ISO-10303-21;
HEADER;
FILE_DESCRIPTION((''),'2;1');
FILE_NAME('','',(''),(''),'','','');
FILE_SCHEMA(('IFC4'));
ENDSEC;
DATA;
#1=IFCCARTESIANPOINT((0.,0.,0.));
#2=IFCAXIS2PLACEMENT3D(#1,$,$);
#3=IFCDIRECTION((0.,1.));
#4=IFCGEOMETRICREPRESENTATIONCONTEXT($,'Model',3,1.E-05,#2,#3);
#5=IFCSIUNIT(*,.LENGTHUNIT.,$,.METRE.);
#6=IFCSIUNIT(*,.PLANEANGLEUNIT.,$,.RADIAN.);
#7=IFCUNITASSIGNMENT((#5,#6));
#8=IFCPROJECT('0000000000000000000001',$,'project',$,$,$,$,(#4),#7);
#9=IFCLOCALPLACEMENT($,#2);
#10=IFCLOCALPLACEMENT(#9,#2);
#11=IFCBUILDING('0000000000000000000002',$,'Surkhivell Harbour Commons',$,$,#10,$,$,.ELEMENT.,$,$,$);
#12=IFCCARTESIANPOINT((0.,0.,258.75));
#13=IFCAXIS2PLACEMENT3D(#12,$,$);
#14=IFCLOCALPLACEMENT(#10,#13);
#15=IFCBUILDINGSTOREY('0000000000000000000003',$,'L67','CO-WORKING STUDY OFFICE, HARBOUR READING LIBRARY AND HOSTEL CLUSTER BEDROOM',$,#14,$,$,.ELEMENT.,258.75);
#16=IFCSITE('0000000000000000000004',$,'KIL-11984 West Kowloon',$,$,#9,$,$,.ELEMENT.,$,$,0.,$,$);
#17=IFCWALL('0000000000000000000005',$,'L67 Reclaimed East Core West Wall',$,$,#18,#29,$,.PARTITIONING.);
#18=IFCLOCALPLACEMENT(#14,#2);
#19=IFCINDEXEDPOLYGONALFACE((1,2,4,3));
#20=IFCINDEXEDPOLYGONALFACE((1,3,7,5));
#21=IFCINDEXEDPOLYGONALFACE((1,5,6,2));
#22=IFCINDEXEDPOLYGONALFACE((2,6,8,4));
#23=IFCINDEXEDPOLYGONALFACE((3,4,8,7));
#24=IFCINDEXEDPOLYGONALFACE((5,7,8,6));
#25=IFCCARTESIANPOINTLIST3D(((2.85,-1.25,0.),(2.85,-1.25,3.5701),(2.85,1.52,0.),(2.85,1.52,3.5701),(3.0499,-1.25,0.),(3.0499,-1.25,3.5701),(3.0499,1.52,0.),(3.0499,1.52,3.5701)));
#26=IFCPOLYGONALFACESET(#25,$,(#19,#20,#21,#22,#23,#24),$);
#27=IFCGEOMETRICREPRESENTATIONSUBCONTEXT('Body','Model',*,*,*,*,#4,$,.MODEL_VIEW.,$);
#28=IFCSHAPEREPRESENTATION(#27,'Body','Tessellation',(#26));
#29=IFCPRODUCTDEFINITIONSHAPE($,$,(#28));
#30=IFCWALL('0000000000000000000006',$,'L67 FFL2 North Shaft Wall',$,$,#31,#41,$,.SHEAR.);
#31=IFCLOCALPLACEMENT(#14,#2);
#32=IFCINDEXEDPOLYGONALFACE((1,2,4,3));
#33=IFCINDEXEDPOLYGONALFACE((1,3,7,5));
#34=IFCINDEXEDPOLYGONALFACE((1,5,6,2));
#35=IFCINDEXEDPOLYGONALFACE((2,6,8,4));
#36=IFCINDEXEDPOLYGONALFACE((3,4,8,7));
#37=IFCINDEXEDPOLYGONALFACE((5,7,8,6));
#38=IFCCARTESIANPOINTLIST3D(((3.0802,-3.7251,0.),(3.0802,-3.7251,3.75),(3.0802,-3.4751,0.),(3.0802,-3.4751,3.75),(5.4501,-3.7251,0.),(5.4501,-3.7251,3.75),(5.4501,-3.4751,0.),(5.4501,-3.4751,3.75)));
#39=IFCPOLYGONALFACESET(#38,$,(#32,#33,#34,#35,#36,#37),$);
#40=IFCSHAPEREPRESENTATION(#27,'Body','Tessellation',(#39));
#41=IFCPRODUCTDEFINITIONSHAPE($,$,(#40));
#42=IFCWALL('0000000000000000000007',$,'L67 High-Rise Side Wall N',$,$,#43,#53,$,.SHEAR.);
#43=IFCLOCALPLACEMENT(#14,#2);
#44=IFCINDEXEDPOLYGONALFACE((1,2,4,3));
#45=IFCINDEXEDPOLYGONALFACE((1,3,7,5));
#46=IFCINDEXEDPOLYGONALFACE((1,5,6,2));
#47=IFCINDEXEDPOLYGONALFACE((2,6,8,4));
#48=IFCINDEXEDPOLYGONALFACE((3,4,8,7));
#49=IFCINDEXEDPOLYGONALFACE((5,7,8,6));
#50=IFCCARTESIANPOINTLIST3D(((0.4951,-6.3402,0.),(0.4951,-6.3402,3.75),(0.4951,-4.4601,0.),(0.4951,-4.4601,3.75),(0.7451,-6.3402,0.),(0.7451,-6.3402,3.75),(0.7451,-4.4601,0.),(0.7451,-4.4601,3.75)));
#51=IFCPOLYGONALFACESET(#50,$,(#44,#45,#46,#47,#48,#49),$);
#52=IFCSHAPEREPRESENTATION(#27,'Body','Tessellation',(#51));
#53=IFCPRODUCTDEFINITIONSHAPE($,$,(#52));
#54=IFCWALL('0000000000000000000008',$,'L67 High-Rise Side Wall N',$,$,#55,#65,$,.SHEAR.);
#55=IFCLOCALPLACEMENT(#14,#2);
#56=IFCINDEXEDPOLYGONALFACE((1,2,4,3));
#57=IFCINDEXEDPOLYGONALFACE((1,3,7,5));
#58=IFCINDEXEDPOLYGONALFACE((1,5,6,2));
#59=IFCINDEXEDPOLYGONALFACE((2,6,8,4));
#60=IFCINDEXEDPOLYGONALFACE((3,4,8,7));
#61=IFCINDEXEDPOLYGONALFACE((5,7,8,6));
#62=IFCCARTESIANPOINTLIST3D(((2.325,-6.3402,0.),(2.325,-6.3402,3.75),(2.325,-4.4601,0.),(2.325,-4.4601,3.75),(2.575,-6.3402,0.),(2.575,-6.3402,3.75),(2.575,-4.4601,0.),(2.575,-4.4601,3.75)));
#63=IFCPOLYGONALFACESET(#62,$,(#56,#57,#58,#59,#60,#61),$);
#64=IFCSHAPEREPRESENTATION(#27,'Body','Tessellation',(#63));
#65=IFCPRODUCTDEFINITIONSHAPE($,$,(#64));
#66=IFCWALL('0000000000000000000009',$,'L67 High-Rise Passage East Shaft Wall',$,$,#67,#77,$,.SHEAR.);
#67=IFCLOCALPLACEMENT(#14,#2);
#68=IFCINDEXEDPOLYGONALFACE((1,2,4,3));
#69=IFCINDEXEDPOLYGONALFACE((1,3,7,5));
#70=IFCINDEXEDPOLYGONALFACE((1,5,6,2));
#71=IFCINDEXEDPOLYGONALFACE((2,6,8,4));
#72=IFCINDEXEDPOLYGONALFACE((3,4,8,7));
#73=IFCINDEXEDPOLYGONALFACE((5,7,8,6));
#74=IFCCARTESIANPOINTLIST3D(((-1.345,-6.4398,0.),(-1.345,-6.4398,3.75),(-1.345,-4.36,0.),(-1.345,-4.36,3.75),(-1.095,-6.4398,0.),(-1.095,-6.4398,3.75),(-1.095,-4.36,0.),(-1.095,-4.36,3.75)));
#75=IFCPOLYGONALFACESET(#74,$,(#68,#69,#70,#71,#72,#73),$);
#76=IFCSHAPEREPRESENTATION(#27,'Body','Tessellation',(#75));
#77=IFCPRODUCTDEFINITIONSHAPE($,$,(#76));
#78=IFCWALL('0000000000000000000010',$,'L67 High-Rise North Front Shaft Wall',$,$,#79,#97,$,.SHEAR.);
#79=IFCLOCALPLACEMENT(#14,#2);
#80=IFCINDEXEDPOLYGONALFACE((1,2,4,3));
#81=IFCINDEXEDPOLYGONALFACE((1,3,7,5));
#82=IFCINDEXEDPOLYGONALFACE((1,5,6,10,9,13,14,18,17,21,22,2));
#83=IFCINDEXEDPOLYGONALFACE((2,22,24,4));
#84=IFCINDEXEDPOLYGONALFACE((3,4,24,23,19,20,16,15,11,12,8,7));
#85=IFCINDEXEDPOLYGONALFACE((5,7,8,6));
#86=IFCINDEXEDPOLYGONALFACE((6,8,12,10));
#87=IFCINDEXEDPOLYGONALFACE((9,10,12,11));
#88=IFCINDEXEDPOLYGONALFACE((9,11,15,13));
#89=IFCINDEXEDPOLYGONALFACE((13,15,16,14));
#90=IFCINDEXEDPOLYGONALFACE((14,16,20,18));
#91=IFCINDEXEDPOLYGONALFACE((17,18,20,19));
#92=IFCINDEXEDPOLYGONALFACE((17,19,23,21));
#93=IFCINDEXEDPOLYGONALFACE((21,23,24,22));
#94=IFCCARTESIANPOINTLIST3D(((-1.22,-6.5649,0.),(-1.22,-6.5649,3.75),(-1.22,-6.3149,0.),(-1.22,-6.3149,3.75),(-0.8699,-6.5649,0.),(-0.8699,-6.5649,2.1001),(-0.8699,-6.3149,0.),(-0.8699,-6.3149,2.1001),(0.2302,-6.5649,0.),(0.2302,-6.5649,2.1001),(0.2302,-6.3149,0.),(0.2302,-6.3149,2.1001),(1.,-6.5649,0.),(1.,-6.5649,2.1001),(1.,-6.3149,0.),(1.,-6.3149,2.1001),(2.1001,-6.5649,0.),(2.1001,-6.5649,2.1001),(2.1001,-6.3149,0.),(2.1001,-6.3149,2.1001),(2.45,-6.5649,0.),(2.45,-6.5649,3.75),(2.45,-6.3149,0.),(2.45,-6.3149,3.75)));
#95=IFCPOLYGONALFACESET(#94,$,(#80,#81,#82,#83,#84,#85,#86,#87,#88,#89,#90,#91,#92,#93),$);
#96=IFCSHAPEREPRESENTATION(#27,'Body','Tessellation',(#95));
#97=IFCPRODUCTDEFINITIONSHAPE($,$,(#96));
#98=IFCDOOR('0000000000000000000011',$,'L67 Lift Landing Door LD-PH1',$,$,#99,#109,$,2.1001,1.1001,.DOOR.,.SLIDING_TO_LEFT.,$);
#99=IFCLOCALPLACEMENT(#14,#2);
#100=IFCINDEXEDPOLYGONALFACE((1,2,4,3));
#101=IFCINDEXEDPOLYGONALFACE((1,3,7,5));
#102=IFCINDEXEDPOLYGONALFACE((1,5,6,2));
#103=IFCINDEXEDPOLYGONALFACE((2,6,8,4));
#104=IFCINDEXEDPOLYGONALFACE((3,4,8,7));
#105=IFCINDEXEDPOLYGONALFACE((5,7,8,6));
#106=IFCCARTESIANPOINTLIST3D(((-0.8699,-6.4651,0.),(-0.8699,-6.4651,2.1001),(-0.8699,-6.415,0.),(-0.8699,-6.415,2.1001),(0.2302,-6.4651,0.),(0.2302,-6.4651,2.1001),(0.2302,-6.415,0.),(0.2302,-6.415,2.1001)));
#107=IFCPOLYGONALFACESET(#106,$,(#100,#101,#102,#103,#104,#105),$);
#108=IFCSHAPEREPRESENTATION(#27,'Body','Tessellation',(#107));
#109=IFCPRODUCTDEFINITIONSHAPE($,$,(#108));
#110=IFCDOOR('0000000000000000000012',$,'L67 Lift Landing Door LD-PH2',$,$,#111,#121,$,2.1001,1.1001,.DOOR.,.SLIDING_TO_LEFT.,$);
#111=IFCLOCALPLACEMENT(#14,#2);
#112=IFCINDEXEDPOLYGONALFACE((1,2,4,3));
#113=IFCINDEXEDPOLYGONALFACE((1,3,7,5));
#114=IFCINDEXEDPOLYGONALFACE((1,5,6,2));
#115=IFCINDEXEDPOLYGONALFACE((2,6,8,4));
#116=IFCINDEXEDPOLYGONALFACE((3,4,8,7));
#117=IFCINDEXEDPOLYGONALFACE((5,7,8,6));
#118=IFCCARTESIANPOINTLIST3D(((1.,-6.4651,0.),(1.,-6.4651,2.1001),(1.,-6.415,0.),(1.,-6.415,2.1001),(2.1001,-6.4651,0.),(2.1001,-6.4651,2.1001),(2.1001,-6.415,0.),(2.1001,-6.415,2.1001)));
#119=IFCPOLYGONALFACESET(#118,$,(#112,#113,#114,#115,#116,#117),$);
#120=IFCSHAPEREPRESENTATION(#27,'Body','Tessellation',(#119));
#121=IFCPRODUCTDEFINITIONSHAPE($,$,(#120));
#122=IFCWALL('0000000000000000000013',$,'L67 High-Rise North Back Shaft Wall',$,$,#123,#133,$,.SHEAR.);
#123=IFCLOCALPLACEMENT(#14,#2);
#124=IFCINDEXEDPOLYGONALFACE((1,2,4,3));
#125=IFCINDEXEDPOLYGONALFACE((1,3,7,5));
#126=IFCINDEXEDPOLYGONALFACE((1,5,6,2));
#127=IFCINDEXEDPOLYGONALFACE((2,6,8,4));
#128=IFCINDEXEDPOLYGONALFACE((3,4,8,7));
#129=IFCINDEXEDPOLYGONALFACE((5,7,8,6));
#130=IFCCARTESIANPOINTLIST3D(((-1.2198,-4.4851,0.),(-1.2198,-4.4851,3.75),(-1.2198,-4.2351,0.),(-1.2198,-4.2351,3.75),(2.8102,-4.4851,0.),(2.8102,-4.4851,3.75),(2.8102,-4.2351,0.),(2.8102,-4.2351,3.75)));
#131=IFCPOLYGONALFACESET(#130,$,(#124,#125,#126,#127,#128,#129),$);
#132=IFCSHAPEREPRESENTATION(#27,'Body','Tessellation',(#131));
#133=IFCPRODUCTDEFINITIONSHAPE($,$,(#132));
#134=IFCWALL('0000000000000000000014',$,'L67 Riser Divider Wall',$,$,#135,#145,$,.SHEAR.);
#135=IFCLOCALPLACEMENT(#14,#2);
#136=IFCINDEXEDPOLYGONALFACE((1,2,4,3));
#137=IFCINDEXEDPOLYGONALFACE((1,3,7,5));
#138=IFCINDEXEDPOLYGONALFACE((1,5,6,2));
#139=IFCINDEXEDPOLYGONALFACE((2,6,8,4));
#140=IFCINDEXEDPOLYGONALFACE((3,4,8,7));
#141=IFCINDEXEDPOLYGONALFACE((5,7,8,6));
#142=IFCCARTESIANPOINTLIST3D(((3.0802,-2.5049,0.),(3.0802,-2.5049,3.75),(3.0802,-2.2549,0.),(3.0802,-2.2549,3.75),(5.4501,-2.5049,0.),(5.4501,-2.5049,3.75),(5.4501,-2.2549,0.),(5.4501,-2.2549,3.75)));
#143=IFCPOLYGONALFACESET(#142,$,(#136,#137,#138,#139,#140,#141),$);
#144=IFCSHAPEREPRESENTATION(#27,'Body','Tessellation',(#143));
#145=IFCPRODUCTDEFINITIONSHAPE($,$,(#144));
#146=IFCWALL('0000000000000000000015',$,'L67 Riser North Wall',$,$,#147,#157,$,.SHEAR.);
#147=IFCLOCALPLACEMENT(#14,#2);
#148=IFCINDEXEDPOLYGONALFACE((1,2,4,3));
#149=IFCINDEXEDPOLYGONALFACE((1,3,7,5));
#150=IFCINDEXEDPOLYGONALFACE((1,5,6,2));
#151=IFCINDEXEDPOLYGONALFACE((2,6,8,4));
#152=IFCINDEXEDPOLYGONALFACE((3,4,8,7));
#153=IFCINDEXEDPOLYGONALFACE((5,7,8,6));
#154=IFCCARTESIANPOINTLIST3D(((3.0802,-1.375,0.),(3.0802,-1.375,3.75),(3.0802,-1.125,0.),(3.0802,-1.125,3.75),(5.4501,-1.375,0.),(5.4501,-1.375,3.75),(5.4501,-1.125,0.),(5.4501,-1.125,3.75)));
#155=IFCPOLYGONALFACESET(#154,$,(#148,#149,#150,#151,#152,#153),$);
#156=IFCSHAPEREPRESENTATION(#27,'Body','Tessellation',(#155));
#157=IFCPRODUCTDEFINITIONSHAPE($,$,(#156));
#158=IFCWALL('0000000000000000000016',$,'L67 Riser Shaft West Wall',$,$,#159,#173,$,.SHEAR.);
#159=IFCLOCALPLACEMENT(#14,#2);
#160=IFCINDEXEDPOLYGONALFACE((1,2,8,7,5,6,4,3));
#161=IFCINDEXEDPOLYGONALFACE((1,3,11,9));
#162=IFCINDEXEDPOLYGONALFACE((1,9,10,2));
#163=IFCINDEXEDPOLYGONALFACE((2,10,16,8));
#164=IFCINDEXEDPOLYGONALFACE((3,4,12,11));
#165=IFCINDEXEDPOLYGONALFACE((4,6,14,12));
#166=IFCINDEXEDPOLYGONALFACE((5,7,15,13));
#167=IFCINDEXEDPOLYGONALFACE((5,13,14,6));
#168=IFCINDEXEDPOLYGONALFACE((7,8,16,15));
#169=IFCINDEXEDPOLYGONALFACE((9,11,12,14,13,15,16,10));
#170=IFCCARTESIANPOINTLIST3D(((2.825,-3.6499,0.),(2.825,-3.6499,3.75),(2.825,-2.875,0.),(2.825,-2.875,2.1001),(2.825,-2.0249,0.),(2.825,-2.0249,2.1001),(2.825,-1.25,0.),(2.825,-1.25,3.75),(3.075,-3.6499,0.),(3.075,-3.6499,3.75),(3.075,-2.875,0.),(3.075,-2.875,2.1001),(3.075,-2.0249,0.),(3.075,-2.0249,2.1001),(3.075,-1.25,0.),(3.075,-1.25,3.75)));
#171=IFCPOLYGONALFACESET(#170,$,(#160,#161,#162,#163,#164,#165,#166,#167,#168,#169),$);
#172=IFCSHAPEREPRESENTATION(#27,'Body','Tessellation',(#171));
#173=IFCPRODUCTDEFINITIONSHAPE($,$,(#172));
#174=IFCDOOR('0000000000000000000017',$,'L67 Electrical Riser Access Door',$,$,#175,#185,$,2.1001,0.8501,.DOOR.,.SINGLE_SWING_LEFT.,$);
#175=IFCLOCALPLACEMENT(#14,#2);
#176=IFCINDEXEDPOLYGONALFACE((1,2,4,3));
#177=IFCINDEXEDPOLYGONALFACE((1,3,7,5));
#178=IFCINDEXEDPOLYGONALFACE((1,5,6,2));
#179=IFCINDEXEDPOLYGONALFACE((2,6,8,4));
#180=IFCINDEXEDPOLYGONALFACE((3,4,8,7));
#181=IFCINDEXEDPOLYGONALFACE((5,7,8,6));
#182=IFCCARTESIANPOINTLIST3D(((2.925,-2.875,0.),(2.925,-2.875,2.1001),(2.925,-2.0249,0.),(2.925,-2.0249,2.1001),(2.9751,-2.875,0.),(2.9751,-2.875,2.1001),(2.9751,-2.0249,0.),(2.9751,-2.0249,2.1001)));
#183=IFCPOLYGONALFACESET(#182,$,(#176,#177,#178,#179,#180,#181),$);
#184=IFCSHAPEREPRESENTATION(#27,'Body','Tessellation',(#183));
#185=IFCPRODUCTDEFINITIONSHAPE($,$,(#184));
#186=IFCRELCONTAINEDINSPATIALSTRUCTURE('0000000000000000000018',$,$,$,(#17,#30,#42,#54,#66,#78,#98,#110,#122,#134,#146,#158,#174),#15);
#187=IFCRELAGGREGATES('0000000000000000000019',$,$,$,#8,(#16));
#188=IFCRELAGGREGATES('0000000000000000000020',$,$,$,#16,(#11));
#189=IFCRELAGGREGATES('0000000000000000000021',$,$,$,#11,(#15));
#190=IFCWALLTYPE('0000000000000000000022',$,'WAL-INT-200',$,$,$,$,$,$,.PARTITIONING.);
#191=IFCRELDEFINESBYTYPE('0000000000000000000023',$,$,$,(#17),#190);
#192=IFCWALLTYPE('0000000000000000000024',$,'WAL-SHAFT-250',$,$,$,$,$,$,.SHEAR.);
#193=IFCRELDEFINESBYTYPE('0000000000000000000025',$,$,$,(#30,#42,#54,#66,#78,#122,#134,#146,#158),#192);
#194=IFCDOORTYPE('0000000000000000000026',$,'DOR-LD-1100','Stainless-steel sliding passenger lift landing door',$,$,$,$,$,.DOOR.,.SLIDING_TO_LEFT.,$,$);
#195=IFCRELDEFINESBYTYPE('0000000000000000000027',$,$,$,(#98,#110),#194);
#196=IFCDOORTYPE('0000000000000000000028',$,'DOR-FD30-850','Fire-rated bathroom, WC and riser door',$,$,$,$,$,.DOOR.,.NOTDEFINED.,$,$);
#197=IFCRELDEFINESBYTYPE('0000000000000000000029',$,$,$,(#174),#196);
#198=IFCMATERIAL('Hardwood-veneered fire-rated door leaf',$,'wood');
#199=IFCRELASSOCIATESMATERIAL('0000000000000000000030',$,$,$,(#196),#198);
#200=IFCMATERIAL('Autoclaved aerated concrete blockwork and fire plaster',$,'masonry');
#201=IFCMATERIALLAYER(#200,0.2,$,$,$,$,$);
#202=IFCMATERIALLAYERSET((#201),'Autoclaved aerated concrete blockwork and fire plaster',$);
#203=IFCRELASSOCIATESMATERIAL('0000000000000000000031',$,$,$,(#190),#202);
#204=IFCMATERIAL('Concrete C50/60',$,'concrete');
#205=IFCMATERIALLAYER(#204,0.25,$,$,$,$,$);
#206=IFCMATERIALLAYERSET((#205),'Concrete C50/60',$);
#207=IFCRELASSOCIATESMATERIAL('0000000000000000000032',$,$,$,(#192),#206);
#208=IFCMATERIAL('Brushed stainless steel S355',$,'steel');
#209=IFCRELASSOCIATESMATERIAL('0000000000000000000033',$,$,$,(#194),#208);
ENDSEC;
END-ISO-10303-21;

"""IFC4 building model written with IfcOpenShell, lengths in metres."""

from ifc_helpers import new_model, si_unit, direction, frame, frame_2d, origin, place, context, subcontext, project, spatial, rectangle, extrude, material, layer, layer_set, type_object, element, fill, save


model = new_model("IFC4")

# Units and contexts
model_context = context("Model", 3, precision=1e-05, world=origin(), true_north=direction((0.0, 1.0)))
body_context = subcontext(model_context, "Body", "Model", "MODEL_VIEW")
ifc_project = project(units=[si_unit("LENGTHUNIT", "METRE"), si_unit("PLANEANGLEUNIT", "RADIAN")], contexts=[model_context])

# Site, building, storey
site_placement = place(None, origin())
site = spatial("IfcSite", under=ifc_project, at=site_placement, Name="KIL-11984 West Kowloon", CompositionType="ELEMENT", RefElevation=0.0)
building_placement = place(site_placement, origin())
building = spatial("IfcBuilding", under=site, at=building_placement, Name="Surkhivell Harbour Commons", CompositionType="ELEMENT")
storey_placement = place(building_placement, frame((0.0, 0.0, 258.75)))
storey = spatial("IfcBuildingStorey", under=building, at=storey_placement, Name="L67", Description="CO-WORKING STUDY OFFICE, HARBOUR READING LIBRARY AND HOSTEL CLUSTER BEDROOM", CompositionType="ELEMENT", Elevation=258.75)

# Shared definitions
ifc_material_1 = material(Name="Concrete C50/60", Category="concrete")

# Shared definitions
ifc_material_2 = material(Name="Hardwood-veneered fire-rated door leaf", Category="wood")
door_type_1 = type_object("IfcDoorType", Name="DOR-FD30-850", Description="Fire-rated bathroom, WC and riser door", OperationType="NOTDEFINED", PredefinedType="DOOR", material=ifc_material_2)

# Walls
ifc_material_3 = material(Name="Autoclaved aerated concrete blockwork and fire plaster", Category="masonry")
ifc_layer_1 = layer(ifc_material_3, 0.2)
ifc_layer_set_1 = layer_set([ifc_layer_1], Name="Autoclaved aerated concrete blockwork and fire plaster")
wall_type_1 = type_object("IfcWallType", Name="WAL-INT-200", PredefinedType="PARTITIONING", material=ifc_layer_set_1)
wall_1_placement = place(storey_placement, frame((2.95, -1.25, 0.0), z_axis=(0.0, 0.0, 1.0), x_axis=(0.0, 1.0, 0.0)))
element("IfcWall", 1, at=wall_1_placement, inside=storey, type_object=wall_type_1, Name="L67 Reclaimed East Core West Wall", PredefinedType="PARTITIONING", context=body_context, shape_type="SweptSolid", body=[
    extrude(rectangle(XDim=2.77, YDim=0.2, at=frame_2d((1.385, 0.0))), origin(), (0.0, 0.0, 1.0), 3.5701),
])
ifc_layer_2 = layer(ifc_material_1, 0.25)
ifc_layer_set_2 = layer_set([ifc_layer_2], Name="Concrete C50/60")
wall_type_2 = type_object("IfcWallType", Name="WAL-SHAFT-250", PredefinedType="SHEAR", material=ifc_layer_set_2)
wall_2_placement = place(storey_placement, frame((3.0801, -3.6001, 0.0), z_axis=(0.0, 0.0, 1.0), x_axis=(1.0, 0.0, 0.0)))
element("IfcWall", 2, at=wall_2_placement, inside=storey, type_object=wall_type_2, Name="L67 FFL2 North Shaft Wall", PredefinedType="SHEAR", context=body_context, shape_type="SweptSolid", body=[
    extrude(rectangle(XDim=2.3699, YDim=0.25, at=frame_2d((1.1851, 0.0))), origin(), (0.0, 0.0, 1.0), 3.75),
])
for number, where, z_axis, x_axis, name in (
    (3, (0.6201, -6.3401, 0.0), (0.0, 0.0, 1.0), (0.0, 1.0, 0.0), "L67 High-Rise Side Wall N"),
    (4, (2.45, -6.3401, 0.0), (0.0, 0.0, 1.0), (0.0, 1.0, 0.0), "L67 High-Rise Side Wall N"),
):
    element("IfcWall", number, at=place(storey_placement, frame(where, z_axis=z_axis, x_axis=x_axis)), inside=storey, type_object=wall_type_2, Name=name, PredefinedType="SHEAR", context=body_context, shape_type="SweptSolid", body=[
        extrude(rectangle(XDim=1.8801, YDim=0.25, at=frame_2d((0.9399, 0.0))), origin(), (0.0, 0.0, 1.0), 3.75),
    ])
wall_3_placement = place(storey_placement, frame((-1.22, -6.4399, 0.0), z_axis=(0.0, 0.0, 1.0), x_axis=(0.0, 1.0, 0.0)))
element("IfcWall", 5, at=wall_3_placement, inside=storey, type_object=wall_type_2, Name="L67 High-Rise Passage East Shaft Wall", PredefinedType="SHEAR", context=body_context, shape_type="SweptSolid", body=[
    extrude(rectangle(XDim=2.0798, YDim=0.25, at=frame_2d((1.04, 0.0))), origin(), (0.0, 0.0, 1.0), 3.75),
])

# Wall, openings, doors
wall_4_placement = place(storey_placement, frame((-1.22, -6.4399, 0.0), z_axis=(0.0, 0.0, 1.0), x_axis=(1.0, 0.0, 0.0)))
wall_4 = element("IfcWall", 6, at=wall_4_placement, inside=storey, type_object=wall_type_2, Name="L67 High-Rise North Front Shaft Wall", PredefinedType="SHEAR", context=body_context, shape_type="SweptSolid", body=[
    extrude(rectangle(XDim=3.6699, YDim=0.25, at=frame_2d((1.835, 0.0))), origin(), (0.0, 0.0, 1.0), 3.75),
])
opening_1_placement = place(wall_4_placement, frame((0.3501, 0.0, 0.0)))
opening_1 = element("IfcOpeningElement", 7, at=opening_1_placement, cuts=wall_4, PredefinedType="OPENING", context=body_context, shape_type="SweptSolid", body=[
    extrude(rectangle(XDim=1.1001, YDim=2.1001, at=frame_2d((0.55, 1.05))), frame((0.0, 0.135, 0.0), z_axis=(0.0, -1.0, 0.0), x_axis=(1.0, 0.0, 0.0)), (0.0, 0.0, 1.0), 0.27),
])
opening_2_placement = place(wall_4_placement, frame((2.22, 0.0, 0.0)))
opening_2 = element("IfcOpeningElement", 8, at=opening_2_placement, cuts=wall_4, PredefinedType="OPENING", context=body_context, shape_type="SweptSolid", body=[
    extrude(rectangle(XDim=1.1001, YDim=2.1001, at=frame_2d((0.55, 1.05))), frame((0.0, 0.135, 0.0), z_axis=(0.0, -1.0, 0.0), x_axis=(1.0, 0.0, 0.0)), (0.0, 0.0, 1.0), 0.27),
])
ifc_material_4 = material(Name="Brushed stainless steel S355", Category="steel")
door_type_2 = type_object("IfcDoorType", Name="DOR-LD-1100", Description="Stainless-steel sliding passenger lift landing door", OperationType="SLIDING_TO_LEFT", PredefinedType="DOOR", material=ifc_material_4)
door_1_placement = place(opening_1_placement, origin())
door_1 = element("IfcDoor", 9, at=door_1_placement, inside=storey, type_object=door_type_2, Name="L67 Lift Landing Door LD-PH1", OperationType="SLIDING_TO_LEFT", OverallHeight=2.1001, OverallWidth=1.1001, PredefinedType="DOOR", context=body_context, shape_type="SweptSolid", body=[
    extrude(rectangle(XDim=1.1001, YDim=2.1001, at=frame_2d((0.55, 1.05))), frame((0.0, 0.0249, 0.0), z_axis=(0.0, -1.0, 0.0), x_axis=(1.0, 0.0, 0.0)), (0.0, 0.0, 1.0), 0.05),
])
fill(opening_1, door_1)
door_2_placement = place(opening_2_placement, origin())
door_2 = element("IfcDoor", 10, at=door_2_placement, inside=storey, type_object=door_type_2, Name="L67 Lift Landing Door LD-PH2", OperationType="SLIDING_TO_LEFT", OverallHeight=2.1001, OverallWidth=1.1001, PredefinedType="DOOR", context=body_context, shape_type="SweptSolid", body=[
    extrude(rectangle(XDim=1.1001, YDim=2.1001, at=frame_2d((0.55, 1.05))), frame((0.0, 0.0249, 0.0), z_axis=(0.0, -1.0, 0.0), x_axis=(1.0, 0.0, 0.0)), (0.0, 0.0, 1.0), 0.05),
])
fill(opening_2, door_2)

# Walls
wall_5_placement = place(storey_placement, frame((-1.22, -4.3601, 0.0), z_axis=(0.0, 0.0, 1.0), x_axis=(1.0, 0.0, 0.0)))
element("IfcWall", 11, at=wall_5_placement, inside=storey, type_object=wall_type_2, Name="L67 High-Rise North Back Shaft Wall", PredefinedType="SHEAR", context=body_context, shape_type="SweptSolid", body=[
    extrude(rectangle(XDim=4.03, YDim=0.25, at=frame_2d((2.0151, 0.0))), origin(), (0.0, 0.0, 1.0), 3.75),
])
for number, where, z_axis, x_axis, name in (
    (12, (3.0801, -2.3799, 0.0), (0.0, 0.0, 1.0), (1.0, 0.0, 0.0), "L67 Riser Divider Wall"),
    (13, (3.0801, -1.25, 0.0), (0.0, 0.0, 1.0), (1.0, 0.0, 0.0), "L67 Riser North Wall"),
):
    element("IfcWall", number, at=place(storey_placement, frame(where, z_axis=z_axis, x_axis=x_axis)), inside=storey, type_object=wall_type_2, Name=name, PredefinedType="SHEAR", context=body_context, shape_type="SweptSolid", body=[
        extrude(rectangle(XDim=2.3699, YDim=0.25, at=frame_2d((1.1851, 0.0))), origin(), (0.0, 0.0, 1.0), 3.75),
    ])

# Wall, opening, door
wall_6_placement = place(storey_placement, frame((2.95, -3.6499, 0.0), z_axis=(0.0, 0.0, 1.0), x_axis=(0.0, 1.0, 0.0)))
wall_6 = element("IfcWall", 14, at=wall_6_placement, inside=storey, type_object=wall_type_2, Name="L67 Riser Shaft West Wall", PredefinedType="SHEAR", context=body_context, shape_type="SweptSolid", body=[
    extrude(rectangle(XDim=2.3999, YDim=0.25, at=frame_2d((1.2, 0.0))), origin(), (0.0, 0.0, 1.0), 3.75),
])
opening_3_placement = place(wall_6_placement, frame((0.7749, 0.0, 0.0)))
opening_3 = element("IfcOpeningElement", 15, at=opening_3_placement, cuts=wall_6, PredefinedType="OPENING", context=body_context, shape_type="SweptSolid", body=[
    extrude(rectangle(XDim=0.8501, YDim=2.1001, at=frame_2d((0.425, 1.05))), frame((0.0, 0.135, 0.0), z_axis=(0.0, -1.0, 0.0), x_axis=(1.0, 0.0, 0.0)), (0.0, 0.0, 1.0), 0.27),
])
door_3_placement = place(opening_3_placement, origin())
door_3 = element("IfcDoor", 16, at=door_3_placement, inside=storey, type_object=door_type_1, Name="L67 Electrical Riser Access Door", OperationType="SINGLE_SWING_LEFT", OverallHeight=2.1001, OverallWidth=0.8501, PredefinedType="DOOR", context=body_context, shape_type="SweptSolid", body=[
    extrude(rectangle(XDim=0.8501, YDim=2.1001, at=frame_2d((0.425, 1.05))), frame((0.0, 0.0249, 0.0), z_axis=(0.0, -1.0, 0.0), x_axis=(1.0, 0.0, 0.0)), (0.0, 0.0, 1.0), 0.05),
])
fill(opening_3, door_3)

save(model, "model.ifc")
